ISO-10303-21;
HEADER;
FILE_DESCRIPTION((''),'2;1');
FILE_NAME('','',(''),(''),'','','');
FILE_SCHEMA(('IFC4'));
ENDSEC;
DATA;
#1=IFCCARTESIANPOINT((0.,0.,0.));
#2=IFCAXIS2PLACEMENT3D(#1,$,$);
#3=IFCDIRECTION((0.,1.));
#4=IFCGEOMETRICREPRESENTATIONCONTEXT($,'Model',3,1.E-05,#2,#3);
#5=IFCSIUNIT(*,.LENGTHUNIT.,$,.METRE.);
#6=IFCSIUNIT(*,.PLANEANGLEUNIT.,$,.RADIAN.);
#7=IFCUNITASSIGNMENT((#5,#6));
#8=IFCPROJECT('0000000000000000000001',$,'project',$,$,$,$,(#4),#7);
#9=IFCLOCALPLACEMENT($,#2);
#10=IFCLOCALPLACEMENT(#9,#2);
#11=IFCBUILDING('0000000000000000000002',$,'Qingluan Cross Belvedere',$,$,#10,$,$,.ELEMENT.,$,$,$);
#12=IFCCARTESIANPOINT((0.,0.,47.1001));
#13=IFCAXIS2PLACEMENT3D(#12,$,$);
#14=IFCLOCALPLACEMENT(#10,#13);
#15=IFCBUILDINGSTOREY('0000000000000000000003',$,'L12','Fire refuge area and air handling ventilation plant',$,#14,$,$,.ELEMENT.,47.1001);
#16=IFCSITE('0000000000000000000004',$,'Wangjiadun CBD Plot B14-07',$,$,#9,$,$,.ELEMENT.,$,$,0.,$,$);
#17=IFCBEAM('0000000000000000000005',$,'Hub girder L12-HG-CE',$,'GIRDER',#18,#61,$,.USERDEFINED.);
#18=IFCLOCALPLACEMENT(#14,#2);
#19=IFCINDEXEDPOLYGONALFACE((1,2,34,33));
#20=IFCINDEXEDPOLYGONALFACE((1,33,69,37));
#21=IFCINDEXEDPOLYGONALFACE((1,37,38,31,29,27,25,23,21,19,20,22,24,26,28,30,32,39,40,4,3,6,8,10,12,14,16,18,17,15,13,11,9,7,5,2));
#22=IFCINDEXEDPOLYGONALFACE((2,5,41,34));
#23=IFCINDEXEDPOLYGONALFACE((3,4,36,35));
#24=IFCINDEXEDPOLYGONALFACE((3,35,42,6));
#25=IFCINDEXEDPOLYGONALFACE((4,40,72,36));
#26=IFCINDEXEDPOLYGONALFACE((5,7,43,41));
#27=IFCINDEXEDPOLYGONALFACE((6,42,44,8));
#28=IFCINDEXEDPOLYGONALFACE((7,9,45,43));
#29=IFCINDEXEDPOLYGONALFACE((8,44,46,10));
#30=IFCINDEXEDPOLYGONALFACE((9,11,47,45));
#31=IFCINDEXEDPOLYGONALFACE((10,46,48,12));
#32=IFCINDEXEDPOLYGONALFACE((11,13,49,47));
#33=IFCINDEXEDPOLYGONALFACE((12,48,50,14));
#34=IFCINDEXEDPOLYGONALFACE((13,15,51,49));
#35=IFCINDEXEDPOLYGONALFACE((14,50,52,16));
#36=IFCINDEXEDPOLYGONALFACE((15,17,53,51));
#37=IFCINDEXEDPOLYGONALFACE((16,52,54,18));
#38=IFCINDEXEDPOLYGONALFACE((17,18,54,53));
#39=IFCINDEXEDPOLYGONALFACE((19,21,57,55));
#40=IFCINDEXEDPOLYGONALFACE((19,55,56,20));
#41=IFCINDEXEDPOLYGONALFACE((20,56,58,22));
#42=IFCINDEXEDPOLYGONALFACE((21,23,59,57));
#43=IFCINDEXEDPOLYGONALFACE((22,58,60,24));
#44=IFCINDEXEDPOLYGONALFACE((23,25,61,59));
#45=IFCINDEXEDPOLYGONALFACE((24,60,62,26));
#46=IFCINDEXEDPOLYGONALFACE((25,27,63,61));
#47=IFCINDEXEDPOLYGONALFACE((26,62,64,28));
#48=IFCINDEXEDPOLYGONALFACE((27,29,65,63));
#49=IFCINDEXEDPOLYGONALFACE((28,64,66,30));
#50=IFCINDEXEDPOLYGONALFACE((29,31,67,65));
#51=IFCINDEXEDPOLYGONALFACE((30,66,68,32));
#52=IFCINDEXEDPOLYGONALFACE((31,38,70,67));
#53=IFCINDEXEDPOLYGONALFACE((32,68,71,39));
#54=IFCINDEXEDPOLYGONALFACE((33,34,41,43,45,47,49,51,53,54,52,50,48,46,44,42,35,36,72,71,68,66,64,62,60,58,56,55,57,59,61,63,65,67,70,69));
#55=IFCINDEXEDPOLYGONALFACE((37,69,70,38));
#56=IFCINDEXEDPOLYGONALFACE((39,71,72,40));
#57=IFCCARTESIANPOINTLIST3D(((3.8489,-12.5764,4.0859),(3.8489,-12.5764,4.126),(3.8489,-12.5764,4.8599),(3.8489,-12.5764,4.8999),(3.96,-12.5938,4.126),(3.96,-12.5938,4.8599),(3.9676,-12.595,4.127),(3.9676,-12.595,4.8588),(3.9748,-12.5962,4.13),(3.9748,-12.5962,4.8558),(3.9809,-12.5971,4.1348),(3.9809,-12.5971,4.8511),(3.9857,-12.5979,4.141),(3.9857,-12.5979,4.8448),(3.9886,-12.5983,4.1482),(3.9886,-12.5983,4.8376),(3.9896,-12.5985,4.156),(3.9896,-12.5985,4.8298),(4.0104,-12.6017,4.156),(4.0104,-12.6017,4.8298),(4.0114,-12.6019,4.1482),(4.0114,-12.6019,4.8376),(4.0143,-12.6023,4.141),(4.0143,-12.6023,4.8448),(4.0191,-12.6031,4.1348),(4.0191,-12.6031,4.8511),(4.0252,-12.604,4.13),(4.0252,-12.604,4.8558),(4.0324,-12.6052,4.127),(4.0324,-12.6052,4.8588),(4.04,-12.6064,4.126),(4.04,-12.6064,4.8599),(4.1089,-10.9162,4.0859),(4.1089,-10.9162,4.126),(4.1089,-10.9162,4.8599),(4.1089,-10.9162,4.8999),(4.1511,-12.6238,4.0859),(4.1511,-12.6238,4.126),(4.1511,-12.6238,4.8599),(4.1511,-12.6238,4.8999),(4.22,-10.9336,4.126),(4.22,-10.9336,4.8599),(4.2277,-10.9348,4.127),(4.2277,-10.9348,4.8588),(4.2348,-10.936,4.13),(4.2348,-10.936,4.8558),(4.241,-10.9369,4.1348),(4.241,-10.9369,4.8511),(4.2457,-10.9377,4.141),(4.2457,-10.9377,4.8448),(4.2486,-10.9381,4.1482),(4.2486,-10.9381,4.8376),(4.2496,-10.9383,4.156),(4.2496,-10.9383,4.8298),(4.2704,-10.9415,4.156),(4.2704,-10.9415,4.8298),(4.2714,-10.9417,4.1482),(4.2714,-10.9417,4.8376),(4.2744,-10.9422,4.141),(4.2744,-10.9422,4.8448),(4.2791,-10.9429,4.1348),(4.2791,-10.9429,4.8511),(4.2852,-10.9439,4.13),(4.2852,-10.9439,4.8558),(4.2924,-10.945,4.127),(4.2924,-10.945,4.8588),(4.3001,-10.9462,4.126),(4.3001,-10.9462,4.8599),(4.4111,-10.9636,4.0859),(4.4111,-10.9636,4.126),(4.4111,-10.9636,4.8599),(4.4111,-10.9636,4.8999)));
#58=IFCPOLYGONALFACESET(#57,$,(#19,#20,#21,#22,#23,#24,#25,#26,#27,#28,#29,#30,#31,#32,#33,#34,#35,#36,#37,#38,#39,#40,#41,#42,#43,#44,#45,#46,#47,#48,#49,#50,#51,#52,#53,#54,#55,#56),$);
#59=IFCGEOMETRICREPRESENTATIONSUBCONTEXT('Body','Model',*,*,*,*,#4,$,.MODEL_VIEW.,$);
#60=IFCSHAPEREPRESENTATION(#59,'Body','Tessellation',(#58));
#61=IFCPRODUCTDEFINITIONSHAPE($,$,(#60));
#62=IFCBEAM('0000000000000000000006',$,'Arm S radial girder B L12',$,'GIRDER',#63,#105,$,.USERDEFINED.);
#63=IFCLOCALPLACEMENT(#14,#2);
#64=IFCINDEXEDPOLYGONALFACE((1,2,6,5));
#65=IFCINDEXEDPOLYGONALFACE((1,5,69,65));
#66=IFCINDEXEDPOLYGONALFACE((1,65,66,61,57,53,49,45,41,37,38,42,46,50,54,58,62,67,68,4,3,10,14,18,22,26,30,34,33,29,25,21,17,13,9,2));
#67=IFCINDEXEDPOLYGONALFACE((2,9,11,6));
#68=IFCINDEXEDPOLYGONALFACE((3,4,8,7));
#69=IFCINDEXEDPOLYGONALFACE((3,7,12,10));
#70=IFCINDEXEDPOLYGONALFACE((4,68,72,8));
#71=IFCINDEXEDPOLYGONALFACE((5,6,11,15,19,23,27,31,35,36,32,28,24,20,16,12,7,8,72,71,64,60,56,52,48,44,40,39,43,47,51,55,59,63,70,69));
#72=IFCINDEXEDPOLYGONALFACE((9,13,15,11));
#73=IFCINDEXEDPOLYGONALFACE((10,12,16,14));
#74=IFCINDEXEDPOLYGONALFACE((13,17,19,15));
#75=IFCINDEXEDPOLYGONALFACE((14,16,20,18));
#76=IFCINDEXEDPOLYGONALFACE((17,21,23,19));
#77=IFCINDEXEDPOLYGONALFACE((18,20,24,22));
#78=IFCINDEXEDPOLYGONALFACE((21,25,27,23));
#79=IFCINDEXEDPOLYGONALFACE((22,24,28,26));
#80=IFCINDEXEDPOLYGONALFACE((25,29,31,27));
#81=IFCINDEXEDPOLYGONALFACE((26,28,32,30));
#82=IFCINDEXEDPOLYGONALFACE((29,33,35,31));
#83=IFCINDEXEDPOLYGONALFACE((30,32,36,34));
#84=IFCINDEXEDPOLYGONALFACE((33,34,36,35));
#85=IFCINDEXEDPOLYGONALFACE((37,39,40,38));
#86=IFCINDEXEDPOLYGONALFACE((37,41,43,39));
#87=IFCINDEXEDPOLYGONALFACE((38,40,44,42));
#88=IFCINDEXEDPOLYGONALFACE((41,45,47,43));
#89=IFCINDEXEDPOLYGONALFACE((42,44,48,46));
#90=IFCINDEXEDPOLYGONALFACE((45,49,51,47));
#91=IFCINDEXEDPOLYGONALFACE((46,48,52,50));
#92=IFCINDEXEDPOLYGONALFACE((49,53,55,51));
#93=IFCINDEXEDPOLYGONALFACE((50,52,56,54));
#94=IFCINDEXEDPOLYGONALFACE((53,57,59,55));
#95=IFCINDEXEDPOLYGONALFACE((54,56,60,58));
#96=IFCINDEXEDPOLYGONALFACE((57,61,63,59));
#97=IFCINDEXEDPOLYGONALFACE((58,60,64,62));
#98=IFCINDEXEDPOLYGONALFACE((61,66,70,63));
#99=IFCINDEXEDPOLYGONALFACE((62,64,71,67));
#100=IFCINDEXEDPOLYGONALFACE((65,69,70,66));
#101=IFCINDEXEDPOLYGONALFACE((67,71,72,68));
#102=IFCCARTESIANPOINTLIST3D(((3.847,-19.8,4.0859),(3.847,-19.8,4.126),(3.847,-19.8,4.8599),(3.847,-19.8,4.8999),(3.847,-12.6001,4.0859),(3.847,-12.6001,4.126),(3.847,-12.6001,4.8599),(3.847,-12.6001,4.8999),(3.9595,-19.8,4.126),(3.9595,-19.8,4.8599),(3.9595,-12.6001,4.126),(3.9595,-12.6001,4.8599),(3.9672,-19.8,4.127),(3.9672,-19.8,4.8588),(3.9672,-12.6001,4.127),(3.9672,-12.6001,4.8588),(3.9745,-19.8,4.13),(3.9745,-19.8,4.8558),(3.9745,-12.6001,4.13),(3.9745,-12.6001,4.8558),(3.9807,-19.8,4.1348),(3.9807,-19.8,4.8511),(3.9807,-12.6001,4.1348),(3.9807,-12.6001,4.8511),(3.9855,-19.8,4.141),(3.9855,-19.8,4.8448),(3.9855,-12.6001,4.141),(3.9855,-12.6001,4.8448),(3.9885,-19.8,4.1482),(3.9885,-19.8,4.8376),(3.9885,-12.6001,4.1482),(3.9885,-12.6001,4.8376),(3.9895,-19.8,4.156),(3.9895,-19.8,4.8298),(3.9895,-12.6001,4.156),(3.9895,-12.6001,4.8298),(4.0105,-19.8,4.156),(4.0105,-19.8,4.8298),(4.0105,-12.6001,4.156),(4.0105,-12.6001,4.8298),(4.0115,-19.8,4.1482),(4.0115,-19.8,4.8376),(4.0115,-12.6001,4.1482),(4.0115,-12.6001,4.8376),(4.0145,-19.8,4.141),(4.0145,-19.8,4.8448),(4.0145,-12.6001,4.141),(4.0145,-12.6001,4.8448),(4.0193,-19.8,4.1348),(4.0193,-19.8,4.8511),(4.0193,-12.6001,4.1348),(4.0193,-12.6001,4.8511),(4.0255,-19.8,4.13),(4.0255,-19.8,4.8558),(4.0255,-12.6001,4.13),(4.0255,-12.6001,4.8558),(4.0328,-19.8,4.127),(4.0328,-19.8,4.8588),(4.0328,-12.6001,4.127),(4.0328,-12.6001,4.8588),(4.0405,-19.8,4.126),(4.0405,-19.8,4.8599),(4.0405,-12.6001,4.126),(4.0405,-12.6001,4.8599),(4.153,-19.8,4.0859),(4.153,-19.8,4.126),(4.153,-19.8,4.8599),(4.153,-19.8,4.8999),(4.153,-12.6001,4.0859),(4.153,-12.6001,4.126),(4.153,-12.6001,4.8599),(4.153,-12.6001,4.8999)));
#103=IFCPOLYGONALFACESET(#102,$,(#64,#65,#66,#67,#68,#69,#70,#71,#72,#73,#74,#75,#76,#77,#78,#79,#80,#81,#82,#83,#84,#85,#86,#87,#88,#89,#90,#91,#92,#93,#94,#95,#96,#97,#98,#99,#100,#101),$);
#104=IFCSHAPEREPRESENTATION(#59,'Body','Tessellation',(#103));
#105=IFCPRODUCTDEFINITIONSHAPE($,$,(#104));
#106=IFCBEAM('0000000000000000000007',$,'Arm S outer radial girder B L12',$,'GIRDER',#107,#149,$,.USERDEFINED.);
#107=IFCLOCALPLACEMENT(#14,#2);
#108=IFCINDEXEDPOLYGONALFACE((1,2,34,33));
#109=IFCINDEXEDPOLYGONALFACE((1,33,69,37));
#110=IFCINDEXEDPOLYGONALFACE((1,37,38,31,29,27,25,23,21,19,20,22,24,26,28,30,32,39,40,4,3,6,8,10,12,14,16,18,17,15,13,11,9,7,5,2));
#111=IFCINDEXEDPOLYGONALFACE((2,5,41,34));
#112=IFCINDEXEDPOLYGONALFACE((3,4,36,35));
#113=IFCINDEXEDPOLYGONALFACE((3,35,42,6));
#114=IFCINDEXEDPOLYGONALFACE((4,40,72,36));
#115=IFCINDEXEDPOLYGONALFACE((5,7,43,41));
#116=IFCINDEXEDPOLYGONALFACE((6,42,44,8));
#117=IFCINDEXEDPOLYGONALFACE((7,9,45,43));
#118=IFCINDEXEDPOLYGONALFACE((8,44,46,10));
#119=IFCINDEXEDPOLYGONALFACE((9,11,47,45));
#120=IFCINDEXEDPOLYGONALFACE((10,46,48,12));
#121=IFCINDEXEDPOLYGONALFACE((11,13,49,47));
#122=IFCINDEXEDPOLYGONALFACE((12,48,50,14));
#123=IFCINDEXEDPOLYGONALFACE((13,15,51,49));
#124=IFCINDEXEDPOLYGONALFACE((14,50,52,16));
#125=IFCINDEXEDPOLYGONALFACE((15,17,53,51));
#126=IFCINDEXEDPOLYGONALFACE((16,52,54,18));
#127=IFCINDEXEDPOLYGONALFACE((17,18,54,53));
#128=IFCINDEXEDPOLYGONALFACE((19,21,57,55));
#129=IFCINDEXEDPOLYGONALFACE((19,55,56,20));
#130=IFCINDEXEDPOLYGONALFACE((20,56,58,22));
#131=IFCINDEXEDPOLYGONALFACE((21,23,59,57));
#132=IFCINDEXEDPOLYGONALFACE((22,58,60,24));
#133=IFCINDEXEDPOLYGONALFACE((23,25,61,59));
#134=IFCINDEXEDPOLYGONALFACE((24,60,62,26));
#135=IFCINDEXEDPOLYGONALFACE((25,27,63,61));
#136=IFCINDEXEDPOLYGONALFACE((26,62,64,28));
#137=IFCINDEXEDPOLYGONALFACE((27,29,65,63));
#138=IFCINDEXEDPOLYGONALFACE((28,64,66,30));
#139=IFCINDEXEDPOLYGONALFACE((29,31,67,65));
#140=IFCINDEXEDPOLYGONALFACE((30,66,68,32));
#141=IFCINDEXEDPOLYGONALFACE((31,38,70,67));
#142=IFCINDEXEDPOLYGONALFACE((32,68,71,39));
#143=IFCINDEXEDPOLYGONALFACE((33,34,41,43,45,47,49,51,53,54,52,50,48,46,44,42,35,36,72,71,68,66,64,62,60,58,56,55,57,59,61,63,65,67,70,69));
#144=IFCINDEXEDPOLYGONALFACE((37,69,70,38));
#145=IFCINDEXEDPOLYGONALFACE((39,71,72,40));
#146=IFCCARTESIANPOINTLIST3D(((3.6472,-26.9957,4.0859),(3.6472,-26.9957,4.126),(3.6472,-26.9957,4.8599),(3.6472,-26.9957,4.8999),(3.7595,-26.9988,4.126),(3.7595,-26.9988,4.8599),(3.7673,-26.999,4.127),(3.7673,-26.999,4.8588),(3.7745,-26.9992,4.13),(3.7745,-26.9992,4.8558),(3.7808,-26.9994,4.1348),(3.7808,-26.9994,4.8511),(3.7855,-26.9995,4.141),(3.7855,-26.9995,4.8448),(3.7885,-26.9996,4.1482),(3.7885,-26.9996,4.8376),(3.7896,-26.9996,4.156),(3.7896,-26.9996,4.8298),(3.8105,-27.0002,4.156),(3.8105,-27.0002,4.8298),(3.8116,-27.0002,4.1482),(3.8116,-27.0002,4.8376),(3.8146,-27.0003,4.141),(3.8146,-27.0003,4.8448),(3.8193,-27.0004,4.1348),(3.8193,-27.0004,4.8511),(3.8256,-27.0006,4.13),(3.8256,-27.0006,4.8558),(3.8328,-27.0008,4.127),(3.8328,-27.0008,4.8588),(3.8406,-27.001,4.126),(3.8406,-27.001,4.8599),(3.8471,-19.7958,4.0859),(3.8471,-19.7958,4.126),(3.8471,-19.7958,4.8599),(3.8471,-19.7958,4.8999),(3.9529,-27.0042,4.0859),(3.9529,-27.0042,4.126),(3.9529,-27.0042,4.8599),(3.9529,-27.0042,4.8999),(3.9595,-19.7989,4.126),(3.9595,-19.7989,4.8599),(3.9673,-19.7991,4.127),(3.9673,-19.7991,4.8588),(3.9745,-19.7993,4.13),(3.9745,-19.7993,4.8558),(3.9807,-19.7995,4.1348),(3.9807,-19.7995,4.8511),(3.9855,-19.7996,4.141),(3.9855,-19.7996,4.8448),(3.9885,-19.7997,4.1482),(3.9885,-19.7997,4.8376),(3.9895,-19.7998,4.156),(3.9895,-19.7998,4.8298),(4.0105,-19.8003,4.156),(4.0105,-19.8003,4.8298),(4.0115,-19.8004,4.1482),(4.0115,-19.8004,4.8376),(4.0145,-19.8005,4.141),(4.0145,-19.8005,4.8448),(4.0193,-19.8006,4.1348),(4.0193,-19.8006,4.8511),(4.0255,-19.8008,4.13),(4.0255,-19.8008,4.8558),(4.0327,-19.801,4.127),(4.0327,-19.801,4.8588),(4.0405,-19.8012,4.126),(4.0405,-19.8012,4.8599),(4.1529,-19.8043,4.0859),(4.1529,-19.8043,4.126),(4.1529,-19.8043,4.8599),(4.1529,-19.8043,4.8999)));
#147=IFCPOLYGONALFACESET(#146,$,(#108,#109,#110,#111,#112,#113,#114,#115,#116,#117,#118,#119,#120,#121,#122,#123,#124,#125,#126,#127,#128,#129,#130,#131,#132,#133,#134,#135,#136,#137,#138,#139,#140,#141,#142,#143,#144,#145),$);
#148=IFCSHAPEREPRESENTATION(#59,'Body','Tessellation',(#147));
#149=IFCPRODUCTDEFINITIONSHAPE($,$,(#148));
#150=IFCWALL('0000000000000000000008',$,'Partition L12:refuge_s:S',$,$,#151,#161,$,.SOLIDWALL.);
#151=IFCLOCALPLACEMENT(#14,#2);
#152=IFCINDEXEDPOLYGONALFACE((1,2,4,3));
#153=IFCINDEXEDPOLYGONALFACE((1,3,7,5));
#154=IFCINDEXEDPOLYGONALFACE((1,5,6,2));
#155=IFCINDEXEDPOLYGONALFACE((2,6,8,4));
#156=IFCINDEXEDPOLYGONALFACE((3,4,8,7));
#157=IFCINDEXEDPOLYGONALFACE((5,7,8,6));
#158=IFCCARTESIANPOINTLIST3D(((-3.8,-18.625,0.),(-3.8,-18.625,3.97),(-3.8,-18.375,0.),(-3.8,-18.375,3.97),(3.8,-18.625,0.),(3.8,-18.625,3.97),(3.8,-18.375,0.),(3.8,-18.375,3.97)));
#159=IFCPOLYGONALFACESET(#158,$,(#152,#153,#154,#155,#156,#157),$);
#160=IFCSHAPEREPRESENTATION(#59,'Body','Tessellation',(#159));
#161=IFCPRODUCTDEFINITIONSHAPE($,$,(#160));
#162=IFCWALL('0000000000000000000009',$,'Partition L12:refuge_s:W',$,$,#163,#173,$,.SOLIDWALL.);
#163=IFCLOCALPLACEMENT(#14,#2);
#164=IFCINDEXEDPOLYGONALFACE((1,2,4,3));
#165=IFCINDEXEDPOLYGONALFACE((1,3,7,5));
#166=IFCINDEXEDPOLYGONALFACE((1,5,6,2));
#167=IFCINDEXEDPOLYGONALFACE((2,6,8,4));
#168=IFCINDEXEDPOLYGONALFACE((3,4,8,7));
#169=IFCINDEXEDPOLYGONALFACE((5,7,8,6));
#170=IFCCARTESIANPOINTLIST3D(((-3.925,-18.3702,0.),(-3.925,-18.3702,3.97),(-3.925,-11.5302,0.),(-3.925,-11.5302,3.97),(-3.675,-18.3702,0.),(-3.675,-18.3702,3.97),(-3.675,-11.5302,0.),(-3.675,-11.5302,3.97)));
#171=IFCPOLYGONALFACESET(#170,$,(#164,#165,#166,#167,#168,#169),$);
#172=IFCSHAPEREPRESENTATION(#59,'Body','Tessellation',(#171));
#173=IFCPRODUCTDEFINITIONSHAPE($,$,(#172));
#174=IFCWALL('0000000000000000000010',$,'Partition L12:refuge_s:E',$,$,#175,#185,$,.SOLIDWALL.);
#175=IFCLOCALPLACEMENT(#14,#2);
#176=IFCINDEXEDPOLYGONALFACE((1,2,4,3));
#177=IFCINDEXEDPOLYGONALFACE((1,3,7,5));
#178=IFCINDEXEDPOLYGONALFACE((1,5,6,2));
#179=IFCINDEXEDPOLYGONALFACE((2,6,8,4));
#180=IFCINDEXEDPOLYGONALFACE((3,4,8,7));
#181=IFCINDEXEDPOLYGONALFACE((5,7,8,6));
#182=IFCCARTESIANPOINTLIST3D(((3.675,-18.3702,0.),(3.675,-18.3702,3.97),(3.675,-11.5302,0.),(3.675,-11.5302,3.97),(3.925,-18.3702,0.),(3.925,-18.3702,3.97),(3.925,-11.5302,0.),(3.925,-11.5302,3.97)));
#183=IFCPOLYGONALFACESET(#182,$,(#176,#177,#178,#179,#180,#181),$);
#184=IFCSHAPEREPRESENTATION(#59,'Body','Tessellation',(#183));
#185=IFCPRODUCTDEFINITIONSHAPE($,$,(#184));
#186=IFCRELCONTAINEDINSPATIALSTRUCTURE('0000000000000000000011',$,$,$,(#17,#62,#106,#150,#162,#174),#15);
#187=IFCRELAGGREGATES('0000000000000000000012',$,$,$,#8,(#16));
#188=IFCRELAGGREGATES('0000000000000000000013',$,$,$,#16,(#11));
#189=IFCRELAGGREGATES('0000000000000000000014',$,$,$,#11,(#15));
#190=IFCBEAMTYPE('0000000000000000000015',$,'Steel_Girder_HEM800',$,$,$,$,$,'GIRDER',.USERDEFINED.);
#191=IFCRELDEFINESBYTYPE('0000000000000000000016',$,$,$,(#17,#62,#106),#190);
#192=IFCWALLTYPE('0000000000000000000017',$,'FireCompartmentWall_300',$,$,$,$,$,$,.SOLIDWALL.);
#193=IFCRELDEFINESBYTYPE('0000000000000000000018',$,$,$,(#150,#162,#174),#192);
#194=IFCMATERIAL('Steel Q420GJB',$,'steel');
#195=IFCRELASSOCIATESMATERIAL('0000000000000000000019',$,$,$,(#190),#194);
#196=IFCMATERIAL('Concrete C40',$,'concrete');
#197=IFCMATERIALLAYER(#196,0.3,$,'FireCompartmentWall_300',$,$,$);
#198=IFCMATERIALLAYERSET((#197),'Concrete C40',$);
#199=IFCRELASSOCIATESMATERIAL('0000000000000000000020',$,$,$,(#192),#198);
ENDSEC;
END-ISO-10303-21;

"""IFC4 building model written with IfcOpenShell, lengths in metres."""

from ifc_helpers import new_model, si_unit, direction, frame, frame_2d, origin, origin_2d, place, context, subcontext, project, spatial, rectangle, i_section, extrude, material, layer, layer_set, material_profile, profile_set, type_object, element, save


model = new_model("IFC4")

# Units and contexts
model_context = context("Model", 3, precision=1e-05, world=origin(), true_north=direction((0.0, 1.0)))
body_context = subcontext(model_context, "Body", "Model", "MODEL_VIEW")
ifc_project = project(units=[si_unit("LENGTHUNIT", "METRE"), si_unit("PLANEANGLEUNIT", "RADIAN")], contexts=[model_context])

# Site, building, storey
site_placement = place(None, origin())
site = spatial("IfcSite", under=ifc_project, at=site_placement, Name="Wangjiadun CBD Plot B14-07", CompositionType="ELEMENT", RefElevation=0.0)
building_placement = place(site_placement, origin())
building = spatial("IfcBuilding", under=site, at=building_placement, Name="Qingluan Cross Belvedere", CompositionType="ELEMENT")
storey_placement = place(building_placement, frame((0.0, 0.0, 47.1001)))
storey = spatial("IfcBuildingStorey", under=building, at=storey_placement, Name="L12", Description="Fire refuge area and air handling ventilation plant", CompositionType="ELEMENT", Elevation=47.1001)

# Beams
ifc_material_1 = material(Name="Steel Q420GJB", Category="steel")
ifc_material_profile_1 = material_profile(ifc_material_1, i_section(OverallWidth=0.3059, OverallDepth=0.814, WebThickness=0.021, FlangeThickness=0.04, FilletRadius=0.03, at=origin_2d()), Name="HEM800")
ifc_profile_set_1 = profile_set([ifc_material_profile_1], Name="Steel Q420GJB")
beam_type_1 = type_object("IfcBeamType", Name="Steel_Girder_HEM800", ElementType="GIRDER", PredefinedType="USERDEFINED", material=ifc_profile_set_1)
beam_1_placement = place(storey_placement, frame((4.0, -12.6001, 4.4929), z_axis=(0.154731, 0.987957, 0.0), x_axis=(-0.987957, 0.154731, 0.0)))
element("IfcBeam", 1, at=beam_1_placement, inside=storey, type_object=beam_type_1, Name="Hub girder L12-HG-CE", ObjectType="GIRDER", PredefinedType="USERDEFINED", context=body_context, shape_type="SweptSolid", body=[
    extrude(i_section(OverallWidth=0.3059, OverallDepth=0.814, WebThickness=0.021, FlangeThickness=0.04, FilletRadius=0.03, at=origin_2d()), origin(), (0.0, 0.0, 1.0), 1.6804),
])
beam_2_placement = place(storey_placement, frame((4.0, -12.6001, 4.4929), z_axis=(0.0, -1.0, 0.0), x_axis=(1.0, 0.0, 0.0)))
element("IfcBeam", 2, at=beam_2_placement, inside=storey, type_object=beam_type_1, Name="Arm S radial girder B L12", ObjectType="GIRDER", PredefinedType="USERDEFINED", context=body_context, shape_type="SweptSolid", body=[
    extrude(i_section(OverallWidth=0.3059, OverallDepth=0.814, WebThickness=0.021, FlangeThickness=0.04, FilletRadius=0.03, at=origin_2d()), origin(), (0.0, 0.0, 1.0), 7.2),
])
beam_3_placement = place(storey_placement, frame((4.0, -19.8, 4.4929), z_axis=(-0.02776, -0.999615, 0.0), x_axis=(0.999615, -0.02776, 0.0)))
element("IfcBeam", 3, at=beam_3_placement, inside=storey, type_object=beam_type_1, Name="Arm S outer radial girder B L12", ObjectType="GIRDER", PredefinedType="USERDEFINED", context=body_context, shape_type="SweptSolid", body=[
    extrude(i_section(OverallWidth=0.3059, OverallDepth=0.814, WebThickness=0.021, FlangeThickness=0.04, FilletRadius=0.03, at=origin_2d()), origin(), (0.0, 0.0, 1.0), 7.2026),
])

# Walls
ifc_material_2 = material(Name="Concrete C40", Category="concrete")
ifc_layer_1 = layer(ifc_material_2, 0.3, Name="FireCompartmentWall_300")
ifc_layer_set_1 = layer_set([ifc_layer_1], Name="Concrete C40")
wall_type_1 = type_object("IfcWallType", Name="FireCompartmentWall_300", PredefinedType="SOLIDWALL", material=ifc_layer_set_1)
wall_1_placement = place(storey_placement, frame((-3.8, -18.5, 0.0), z_axis=(0.0, 0.0, 1.0), x_axis=(1.0, 0.0, 0.0)))
element("IfcWall", 4, at=wall_1_placement, inside=storey, type_object=wall_type_1, Name="Partition L12:refuge_s:S", PredefinedType="SOLIDWALL", context=body_context, shape_type="SweptSolid", body=[
    extrude(rectangle(XDim=7.6001, YDim=0.25, at=frame_2d((3.8, 0.0))), origin(), (0.0, 0.0, 1.0), 3.97),
])
for number, where, z_axis, x_axis, name in (
    (5, (-3.8, -18.3701, 0.0), (0.0, 0.0, 1.0), (0.0, 1.0, 0.0), "Partition L12:refuge_s:W"),
    (6, (3.8, -18.3701, 0.0), (0.0, 0.0, 1.0), (0.0, 1.0, 0.0), "Partition L12:refuge_s:E"),
):
    element("IfcWall", number, at=place(storey_placement, frame(where, z_axis=z_axis, x_axis=x_axis)), inside=storey, type_object=wall_type_1, Name=name, PredefinedType="SOLIDWALL", context=body_context, shape_type="SweptSolid", body=[
        extrude(rectangle(XDim=6.8401, YDim=0.25, at=frame_2d((3.4199, 0.0))), origin(), (0.0, 0.0, 1.0), 3.97),
    ])

save(model, "model.ifc")
